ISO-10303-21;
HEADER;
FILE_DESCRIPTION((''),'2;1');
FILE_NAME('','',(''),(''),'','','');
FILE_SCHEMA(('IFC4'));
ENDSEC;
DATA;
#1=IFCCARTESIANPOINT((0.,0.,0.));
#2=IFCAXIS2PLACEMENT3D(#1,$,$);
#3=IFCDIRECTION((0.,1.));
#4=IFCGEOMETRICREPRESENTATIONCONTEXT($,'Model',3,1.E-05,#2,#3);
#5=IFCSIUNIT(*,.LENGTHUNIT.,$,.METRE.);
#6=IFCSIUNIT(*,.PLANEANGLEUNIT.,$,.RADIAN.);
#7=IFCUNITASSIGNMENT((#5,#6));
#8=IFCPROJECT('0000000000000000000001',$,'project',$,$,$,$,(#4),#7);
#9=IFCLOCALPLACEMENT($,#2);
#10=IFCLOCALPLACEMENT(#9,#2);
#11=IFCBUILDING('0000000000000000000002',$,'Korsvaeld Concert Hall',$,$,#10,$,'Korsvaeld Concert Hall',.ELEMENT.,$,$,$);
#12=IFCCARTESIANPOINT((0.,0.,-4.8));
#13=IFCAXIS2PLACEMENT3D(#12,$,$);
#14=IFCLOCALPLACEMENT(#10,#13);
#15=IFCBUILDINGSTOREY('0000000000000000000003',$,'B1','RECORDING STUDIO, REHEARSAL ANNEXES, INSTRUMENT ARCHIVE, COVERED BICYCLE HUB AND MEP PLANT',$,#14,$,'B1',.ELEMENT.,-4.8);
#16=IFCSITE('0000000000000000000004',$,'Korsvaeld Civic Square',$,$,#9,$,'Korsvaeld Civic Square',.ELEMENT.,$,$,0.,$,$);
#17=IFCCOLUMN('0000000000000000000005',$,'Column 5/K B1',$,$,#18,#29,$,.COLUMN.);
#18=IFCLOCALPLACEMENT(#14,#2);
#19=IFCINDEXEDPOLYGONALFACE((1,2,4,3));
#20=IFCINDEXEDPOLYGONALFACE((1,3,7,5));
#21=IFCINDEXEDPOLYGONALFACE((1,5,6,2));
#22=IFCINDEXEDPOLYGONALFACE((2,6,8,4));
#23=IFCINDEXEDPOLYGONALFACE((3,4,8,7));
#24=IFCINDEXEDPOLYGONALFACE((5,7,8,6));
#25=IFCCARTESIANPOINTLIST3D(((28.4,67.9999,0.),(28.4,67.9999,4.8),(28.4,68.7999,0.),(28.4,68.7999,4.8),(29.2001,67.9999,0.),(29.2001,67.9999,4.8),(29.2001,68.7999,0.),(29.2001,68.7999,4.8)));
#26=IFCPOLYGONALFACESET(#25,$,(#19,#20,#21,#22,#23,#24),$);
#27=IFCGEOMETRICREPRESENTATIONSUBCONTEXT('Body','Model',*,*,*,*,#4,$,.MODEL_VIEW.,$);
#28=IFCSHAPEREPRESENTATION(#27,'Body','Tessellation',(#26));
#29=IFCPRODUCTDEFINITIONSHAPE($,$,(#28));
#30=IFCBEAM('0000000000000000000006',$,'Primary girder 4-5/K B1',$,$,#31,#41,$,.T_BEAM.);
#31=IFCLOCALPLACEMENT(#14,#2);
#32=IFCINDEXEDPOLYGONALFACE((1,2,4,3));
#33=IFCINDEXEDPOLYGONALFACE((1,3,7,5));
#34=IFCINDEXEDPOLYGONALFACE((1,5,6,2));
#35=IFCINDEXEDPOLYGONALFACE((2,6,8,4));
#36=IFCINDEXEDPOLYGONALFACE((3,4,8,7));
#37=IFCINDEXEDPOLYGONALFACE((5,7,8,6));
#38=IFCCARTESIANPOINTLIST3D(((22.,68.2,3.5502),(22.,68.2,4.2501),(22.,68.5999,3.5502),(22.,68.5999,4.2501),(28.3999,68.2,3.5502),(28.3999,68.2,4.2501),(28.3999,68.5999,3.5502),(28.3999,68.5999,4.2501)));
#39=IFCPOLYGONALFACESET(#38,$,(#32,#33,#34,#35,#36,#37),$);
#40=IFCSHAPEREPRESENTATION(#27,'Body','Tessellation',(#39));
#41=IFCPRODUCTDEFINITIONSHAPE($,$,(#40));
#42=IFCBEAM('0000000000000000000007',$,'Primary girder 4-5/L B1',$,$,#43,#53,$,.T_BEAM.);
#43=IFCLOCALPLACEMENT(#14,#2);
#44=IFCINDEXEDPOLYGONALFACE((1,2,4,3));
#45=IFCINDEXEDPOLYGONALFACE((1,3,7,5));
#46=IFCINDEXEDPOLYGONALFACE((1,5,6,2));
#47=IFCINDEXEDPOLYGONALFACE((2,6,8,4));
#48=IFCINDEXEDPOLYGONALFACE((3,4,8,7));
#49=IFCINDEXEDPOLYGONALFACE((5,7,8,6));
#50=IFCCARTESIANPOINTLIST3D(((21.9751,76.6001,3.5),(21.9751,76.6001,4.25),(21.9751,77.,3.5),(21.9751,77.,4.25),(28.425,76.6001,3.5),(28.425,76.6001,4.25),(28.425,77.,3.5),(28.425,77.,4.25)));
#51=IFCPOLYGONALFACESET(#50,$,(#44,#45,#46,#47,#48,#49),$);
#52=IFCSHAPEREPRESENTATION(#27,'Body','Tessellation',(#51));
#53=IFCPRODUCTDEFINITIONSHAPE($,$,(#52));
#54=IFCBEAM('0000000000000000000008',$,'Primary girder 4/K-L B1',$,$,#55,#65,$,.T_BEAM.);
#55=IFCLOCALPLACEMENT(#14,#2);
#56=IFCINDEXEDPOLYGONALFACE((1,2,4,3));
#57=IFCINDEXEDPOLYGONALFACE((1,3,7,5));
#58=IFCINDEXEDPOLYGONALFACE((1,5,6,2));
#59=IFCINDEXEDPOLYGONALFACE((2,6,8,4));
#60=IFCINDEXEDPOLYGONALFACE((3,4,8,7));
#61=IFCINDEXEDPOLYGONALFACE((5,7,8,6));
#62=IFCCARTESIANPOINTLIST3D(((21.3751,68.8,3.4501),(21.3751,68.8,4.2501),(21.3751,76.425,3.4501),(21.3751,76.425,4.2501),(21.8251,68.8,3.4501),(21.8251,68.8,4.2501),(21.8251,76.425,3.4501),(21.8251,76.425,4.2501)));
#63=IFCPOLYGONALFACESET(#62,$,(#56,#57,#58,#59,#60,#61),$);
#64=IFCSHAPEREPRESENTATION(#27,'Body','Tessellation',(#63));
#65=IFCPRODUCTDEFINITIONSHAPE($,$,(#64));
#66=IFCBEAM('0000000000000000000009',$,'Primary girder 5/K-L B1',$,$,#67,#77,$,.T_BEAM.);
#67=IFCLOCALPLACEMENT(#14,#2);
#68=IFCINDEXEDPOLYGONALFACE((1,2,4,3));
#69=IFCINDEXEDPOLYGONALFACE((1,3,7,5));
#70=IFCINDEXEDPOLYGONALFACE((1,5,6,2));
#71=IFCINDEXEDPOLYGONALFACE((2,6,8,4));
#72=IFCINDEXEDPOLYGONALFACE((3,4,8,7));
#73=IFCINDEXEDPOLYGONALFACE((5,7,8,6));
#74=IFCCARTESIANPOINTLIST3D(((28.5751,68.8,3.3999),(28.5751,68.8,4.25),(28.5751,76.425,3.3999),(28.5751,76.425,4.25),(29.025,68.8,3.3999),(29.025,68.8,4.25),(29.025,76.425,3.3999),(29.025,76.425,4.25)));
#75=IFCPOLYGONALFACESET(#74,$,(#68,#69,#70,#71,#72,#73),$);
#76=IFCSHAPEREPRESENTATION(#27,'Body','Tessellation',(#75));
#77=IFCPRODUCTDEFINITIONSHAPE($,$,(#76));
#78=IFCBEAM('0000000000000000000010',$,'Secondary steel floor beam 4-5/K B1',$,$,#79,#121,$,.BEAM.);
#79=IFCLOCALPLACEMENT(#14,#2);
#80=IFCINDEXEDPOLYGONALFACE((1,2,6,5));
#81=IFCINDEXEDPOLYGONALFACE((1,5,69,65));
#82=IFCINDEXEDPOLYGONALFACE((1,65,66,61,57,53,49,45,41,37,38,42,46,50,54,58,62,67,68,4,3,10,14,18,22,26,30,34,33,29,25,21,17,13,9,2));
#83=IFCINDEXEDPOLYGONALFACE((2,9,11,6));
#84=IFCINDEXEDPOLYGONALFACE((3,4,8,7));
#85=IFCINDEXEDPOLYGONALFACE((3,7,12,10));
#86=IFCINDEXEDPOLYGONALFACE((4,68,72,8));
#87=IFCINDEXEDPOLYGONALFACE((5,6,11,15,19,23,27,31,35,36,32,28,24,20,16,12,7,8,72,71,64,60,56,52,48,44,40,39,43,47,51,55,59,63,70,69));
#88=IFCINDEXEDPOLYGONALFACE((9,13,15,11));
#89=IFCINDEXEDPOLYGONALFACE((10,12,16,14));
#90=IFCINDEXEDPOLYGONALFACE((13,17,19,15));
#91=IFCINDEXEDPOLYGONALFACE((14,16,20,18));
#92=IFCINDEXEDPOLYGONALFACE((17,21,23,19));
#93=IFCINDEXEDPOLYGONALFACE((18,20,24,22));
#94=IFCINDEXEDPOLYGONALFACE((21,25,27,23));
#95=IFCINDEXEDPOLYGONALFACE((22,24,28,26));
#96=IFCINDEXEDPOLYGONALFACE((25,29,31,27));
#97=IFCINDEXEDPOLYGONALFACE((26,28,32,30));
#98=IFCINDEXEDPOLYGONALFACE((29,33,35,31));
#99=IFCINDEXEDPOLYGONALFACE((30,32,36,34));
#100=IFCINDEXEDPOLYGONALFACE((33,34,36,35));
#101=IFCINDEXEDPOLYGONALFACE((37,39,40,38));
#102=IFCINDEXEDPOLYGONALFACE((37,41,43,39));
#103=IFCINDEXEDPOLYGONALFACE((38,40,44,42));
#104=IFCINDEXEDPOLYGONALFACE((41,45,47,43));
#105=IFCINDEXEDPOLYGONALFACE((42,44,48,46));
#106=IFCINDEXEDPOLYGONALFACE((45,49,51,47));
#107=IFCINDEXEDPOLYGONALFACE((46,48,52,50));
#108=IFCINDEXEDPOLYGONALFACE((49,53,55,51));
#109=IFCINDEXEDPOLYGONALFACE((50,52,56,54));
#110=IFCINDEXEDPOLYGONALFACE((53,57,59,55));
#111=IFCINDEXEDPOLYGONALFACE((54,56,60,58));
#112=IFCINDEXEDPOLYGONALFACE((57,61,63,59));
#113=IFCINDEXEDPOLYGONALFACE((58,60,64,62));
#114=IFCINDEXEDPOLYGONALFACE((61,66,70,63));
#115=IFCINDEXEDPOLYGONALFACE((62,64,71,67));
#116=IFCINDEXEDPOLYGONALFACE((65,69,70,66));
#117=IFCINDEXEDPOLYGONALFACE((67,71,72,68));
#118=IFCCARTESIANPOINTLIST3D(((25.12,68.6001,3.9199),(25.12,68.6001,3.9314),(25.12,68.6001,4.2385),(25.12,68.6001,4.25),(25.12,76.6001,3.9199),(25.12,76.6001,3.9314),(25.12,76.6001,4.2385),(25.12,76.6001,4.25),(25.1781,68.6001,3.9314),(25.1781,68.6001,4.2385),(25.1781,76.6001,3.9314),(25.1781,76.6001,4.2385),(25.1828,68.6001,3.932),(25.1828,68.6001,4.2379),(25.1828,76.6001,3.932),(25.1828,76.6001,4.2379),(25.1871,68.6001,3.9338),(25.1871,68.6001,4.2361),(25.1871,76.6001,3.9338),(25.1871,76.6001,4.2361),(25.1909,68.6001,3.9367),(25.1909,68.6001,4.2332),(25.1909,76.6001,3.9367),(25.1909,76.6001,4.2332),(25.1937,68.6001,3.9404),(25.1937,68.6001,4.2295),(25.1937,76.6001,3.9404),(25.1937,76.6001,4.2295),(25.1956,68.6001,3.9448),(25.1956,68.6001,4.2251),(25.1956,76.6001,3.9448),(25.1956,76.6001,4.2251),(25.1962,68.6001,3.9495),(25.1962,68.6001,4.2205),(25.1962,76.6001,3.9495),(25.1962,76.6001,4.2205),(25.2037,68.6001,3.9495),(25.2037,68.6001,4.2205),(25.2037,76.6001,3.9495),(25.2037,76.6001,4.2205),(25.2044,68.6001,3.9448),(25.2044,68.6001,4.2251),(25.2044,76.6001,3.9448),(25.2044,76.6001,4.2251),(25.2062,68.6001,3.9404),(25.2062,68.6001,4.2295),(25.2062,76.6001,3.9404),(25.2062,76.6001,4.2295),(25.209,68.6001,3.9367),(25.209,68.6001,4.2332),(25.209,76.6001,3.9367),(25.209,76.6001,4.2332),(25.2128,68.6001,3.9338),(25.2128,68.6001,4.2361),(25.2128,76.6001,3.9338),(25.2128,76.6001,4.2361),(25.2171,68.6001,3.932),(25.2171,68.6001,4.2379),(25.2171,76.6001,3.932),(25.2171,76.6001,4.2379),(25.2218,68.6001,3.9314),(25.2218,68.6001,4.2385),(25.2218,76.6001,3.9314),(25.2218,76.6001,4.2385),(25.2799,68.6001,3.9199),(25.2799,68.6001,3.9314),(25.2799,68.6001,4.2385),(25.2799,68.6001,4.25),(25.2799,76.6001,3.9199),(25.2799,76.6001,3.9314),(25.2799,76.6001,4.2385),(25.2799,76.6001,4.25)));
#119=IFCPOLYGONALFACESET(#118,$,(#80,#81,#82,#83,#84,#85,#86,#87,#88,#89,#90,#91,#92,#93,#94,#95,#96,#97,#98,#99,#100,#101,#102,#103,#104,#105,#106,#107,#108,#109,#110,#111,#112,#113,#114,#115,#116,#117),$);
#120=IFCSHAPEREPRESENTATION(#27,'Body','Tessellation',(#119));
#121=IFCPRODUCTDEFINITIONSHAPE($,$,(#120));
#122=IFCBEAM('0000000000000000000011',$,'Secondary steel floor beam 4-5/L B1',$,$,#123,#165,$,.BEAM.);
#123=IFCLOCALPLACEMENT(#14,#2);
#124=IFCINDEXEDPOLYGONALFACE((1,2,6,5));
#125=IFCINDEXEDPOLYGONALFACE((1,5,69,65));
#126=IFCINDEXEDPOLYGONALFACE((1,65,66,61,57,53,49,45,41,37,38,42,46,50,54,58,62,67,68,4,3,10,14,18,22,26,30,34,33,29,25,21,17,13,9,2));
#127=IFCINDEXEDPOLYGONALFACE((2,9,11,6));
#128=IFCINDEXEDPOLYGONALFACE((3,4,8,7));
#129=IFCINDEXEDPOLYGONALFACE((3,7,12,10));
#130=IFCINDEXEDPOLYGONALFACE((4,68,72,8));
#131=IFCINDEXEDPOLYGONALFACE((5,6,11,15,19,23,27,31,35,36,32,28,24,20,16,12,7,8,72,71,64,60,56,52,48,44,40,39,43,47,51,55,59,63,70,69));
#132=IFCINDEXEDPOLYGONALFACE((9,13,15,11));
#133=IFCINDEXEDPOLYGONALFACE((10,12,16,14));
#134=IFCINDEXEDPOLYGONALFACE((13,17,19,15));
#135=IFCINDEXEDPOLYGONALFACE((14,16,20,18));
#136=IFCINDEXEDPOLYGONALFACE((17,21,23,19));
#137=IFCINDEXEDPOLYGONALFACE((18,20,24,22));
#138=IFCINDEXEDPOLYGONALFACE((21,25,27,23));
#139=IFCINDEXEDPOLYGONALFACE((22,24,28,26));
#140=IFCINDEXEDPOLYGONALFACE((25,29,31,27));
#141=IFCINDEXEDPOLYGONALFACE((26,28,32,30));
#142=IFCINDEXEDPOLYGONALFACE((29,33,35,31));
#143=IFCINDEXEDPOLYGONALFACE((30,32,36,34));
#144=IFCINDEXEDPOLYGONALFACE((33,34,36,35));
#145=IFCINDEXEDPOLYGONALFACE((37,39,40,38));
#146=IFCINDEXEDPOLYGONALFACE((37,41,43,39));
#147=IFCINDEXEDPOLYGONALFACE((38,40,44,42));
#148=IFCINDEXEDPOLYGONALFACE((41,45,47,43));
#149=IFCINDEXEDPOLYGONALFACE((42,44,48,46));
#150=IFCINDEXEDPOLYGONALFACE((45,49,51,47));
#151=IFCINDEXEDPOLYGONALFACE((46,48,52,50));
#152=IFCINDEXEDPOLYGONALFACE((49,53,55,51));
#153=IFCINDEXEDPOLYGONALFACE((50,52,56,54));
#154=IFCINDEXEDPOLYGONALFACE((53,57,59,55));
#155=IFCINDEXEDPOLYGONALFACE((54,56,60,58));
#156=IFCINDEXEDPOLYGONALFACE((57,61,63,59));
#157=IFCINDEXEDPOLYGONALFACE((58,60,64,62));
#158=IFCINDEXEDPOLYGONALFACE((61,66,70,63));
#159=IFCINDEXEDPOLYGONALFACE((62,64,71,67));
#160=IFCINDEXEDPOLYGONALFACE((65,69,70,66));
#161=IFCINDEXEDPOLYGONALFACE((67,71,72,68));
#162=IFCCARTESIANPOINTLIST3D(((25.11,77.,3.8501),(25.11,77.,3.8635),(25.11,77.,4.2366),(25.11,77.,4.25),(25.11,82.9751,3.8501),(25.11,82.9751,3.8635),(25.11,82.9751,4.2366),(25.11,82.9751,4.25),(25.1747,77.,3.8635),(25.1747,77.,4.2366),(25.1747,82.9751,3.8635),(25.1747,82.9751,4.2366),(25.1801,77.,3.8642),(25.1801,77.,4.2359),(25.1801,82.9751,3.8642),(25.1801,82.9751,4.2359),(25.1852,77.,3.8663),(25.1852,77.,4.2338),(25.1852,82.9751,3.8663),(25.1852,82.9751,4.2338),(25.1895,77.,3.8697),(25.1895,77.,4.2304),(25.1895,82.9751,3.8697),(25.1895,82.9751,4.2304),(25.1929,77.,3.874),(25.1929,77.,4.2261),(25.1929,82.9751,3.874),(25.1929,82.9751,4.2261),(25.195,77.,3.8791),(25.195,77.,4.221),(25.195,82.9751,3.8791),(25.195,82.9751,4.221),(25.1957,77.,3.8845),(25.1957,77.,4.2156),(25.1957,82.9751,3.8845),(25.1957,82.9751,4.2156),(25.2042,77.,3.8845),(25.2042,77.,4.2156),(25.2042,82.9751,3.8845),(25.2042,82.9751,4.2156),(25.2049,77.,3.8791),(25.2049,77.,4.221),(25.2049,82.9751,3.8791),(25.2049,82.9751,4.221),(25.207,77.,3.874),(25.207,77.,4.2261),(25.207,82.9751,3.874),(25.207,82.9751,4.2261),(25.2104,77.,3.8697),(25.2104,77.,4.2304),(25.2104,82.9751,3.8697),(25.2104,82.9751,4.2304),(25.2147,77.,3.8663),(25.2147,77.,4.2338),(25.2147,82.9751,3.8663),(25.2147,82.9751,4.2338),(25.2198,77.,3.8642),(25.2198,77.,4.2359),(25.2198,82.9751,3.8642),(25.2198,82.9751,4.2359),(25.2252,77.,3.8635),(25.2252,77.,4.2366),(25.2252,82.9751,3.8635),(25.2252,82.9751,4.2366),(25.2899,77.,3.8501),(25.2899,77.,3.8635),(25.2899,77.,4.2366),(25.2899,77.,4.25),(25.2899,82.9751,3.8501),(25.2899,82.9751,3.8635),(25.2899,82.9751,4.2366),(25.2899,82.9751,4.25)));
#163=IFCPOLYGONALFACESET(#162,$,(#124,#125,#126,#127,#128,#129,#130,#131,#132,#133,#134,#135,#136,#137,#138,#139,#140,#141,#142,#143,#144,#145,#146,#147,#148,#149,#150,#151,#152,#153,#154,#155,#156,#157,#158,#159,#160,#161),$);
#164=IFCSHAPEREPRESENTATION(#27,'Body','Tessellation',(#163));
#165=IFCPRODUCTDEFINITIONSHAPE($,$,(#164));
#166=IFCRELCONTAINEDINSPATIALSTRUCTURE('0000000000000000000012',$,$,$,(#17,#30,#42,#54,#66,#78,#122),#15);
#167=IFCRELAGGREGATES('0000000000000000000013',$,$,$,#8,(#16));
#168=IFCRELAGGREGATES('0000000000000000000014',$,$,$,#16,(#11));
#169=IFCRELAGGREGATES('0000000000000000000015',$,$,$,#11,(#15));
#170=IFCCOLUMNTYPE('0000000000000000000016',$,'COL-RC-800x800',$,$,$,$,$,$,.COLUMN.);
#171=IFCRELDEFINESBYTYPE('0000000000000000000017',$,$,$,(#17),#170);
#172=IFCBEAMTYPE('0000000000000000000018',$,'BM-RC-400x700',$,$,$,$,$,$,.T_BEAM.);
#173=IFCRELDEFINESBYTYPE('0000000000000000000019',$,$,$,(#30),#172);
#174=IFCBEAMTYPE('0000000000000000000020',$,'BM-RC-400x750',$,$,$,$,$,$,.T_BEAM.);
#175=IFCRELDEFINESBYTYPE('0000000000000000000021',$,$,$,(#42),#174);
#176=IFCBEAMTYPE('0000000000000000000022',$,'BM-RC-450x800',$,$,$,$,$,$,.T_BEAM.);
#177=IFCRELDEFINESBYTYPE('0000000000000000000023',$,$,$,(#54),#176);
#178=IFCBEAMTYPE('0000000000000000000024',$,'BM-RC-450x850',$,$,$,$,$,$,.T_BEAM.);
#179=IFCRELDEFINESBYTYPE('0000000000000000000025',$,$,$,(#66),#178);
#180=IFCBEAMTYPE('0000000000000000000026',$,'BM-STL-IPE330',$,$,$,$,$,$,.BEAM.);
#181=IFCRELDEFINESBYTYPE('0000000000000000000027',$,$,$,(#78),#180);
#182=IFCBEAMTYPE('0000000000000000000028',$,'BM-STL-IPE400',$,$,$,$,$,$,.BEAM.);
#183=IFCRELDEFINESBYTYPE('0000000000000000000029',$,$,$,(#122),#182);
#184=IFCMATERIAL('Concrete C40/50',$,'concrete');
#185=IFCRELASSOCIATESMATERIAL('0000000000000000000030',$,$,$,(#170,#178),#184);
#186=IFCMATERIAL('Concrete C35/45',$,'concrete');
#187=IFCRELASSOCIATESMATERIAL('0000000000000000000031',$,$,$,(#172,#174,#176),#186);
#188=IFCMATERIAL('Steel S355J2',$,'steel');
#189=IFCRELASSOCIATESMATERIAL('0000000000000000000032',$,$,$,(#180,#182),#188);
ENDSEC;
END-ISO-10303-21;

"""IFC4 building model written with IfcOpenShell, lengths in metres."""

from ifc_helpers import new_model, si_unit, direction, frame, origin, origin_2d, place, context, subcontext, project, spatial, rectangle, i_section, extrude, material, material_profile, profile_set, type_object, element, save


model = new_model("IFC4")

# Units and contexts
model_context = context("Model", 3, precision=1e-05, world=origin(), true_north=direction((0.0, 1.0)))
body_context = subcontext(model_context, "Body", "Model", "MODEL_VIEW")
ifc_project = project(units=[si_unit("LENGTHUNIT", "METRE"), si_unit("PLANEANGLEUNIT", "RADIAN")], contexts=[model_context])

# Site, building, storey
site_placement = place(None, origin())
site = spatial("IfcSite", under=ifc_project, at=site_placement, Name="Korsvaeld Civic Square", LongName="Korsvaeld Civic Square", CompositionType="ELEMENT", RefElevation=0.0)
building_placement = place(site_placement, origin())
building = spatial("IfcBuilding", under=site, at=building_placement, Name="Korsvaeld Concert Hall", LongName="Korsvaeld Concert Hall", CompositionType="ELEMENT")
storey_placement = place(building_placement, frame((0.0, 0.0, -4.8)))
storey = spatial("IfcBuildingStorey", under=building, at=storey_placement, Name="B1", Description="RECORDING STUDIO, REHEARSAL ANNEXES, INSTRUMENT ARCHIVE, COVERED BICYCLE HUB AND MEP PLANT", LongName="B1", CompositionType="ELEMENT", Elevation=-4.8)

# Shared definitions
ifc_material_1 = material(Name="Concrete C35/45", Category="concrete")

# Column
ifc_material_2 = material(Name="Concrete C40/50", Category="concrete")
ifc_material_profile_1 = material_profile(ifc_material_2, rectangle(XDim=0.8, YDim=0.8, at=origin_2d()), Name="RC 800x800")
ifc_profile_set_1 = profile_set([ifc_material_profile_1], Name="Concrete C40/50")
column_type_1 = type_object("IfcColumnType", Name="COL-RC-800x800", PredefinedType="COLUMN", material=ifc_profile_set_1)
column_placement = place(storey_placement, frame((28.8, 68.3999, 0.0), z_axis=(0.0, 0.0, 1.0), x_axis=(1.0, 0.0, 0.0)))
element("IfcColumn", 1, at=column_placement, inside=storey, type_object=column_type_1, Name="Column 5/K B1", PredefinedType="COLUMN", context=body_context, shape_type="SweptSolid", body=[
    extrude(rectangle(XDim=0.8, YDim=0.8, at=origin_2d()), origin(), (0.0, 0.0, 1.0), 4.8),
])

# Beams
ifc_material_profile_2 = material_profile(ifc_material_1, rectangle(XDim=0.3999, YDim=0.7, at=origin_2d()), Name="RC 400x700")
ifc_profile_set_2 = profile_set([ifc_material_profile_2], Name="Concrete C35/45")
beam_type_1 = type_object("IfcBeamType", Name="BM-RC-400x700", PredefinedType="T_BEAM", material=ifc_profile_set_2)
beam_1_placement = place(storey_placement, frame((22.0, 68.3999, 3.9001), z_axis=(1.0, 0.0, 0.0), x_axis=(0.0, 1.0, 0.0)))
element("IfcBeam", 2, at=beam_1_placement, inside=storey, type_object=beam_type_1, Name="Primary girder 4-5/K B1", PredefinedType="T_BEAM", context=body_context, shape_type="SweptSolid", body=[
    extrude(rectangle(XDim=0.3999, YDim=0.7, at=origin_2d()), origin(), (0.0, 0.0, 1.0), 6.3999),
])
ifc_material_profile_3 = material_profile(ifc_material_1, rectangle(XDim=0.3999, YDim=0.75, at=origin_2d()), Name="RC 400x750")
ifc_profile_set_3 = profile_set([ifc_material_profile_3], Name="Concrete C35/45")
beam_type_2 = type_object("IfcBeamType", Name="BM-RC-400x750", PredefinedType="T_BEAM", material=ifc_profile_set_3)
beam_2_placement = place(storey_placement, frame((21.9751, 76.8, 3.875), z_axis=(1.0, 0.0, 0.0), x_axis=(0.0, 1.0, 0.0)))
element("IfcBeam", 3, at=beam_2_placement, inside=storey, type_object=beam_type_2, Name="Primary girder 4-5/L B1", PredefinedType="T_BEAM", context=body_context, shape_type="SweptSolid", body=[
    extrude(rectangle(XDim=0.3999, YDim=0.75, at=origin_2d()), origin(), (0.0, 0.0, 1.0), 6.45),
])
ifc_material_profile_4 = material_profile(ifc_material_1, rectangle(XDim=0.45, YDim=0.8, at=origin_2d()), Name="RC 450x800")
ifc_profile_set_4 = profile_set([ifc_material_profile_4], Name="Concrete C35/45")
beam_type_3 = type_object("IfcBeamType", Name="BM-RC-450x800", PredefinedType="T_BEAM", material=ifc_profile_set_4)
beam_3_placement = place(storey_placement, frame((21.6001, 68.8, 3.8501), z_axis=(0.0, 1.0, 0.0), x_axis=(-1.0, 0.0, 0.0)))
element("IfcBeam", 4, at=beam_3_placement, inside=storey, type_object=beam_type_3, Name="Primary girder 4/K-L B1", PredefinedType="T_BEAM", context=body_context, shape_type="SweptSolid", body=[
    extrude(rectangle(XDim=0.45, YDim=0.8, at=origin_2d()), origin(), (0.0, 0.0, 1.0), 7.625),
])
ifc_material_profile_5 = material_profile(ifc_material_2, rectangle(XDim=0.45, YDim=0.8501, at=origin_2d()), Name="RC 450x850")
ifc_profile_set_5 = profile_set([ifc_material_profile_5], Name="Concrete C40/50")
beam_type_4 = type_object("IfcBeamType", Name="BM-RC-450x850", PredefinedType="T_BEAM", material=ifc_profile_set_5)
beam_4_placement = place(storey_placement, frame((28.8, 68.8, 3.825), z_axis=(0.0, 1.0, 0.0), x_axis=(-1.0, 0.0, 0.0)))
element("IfcBeam", 5, at=beam_4_placement, inside=storey, type_object=beam_type_4, Name="Primary girder 5/K-L B1", PredefinedType="T_BEAM", context=body_context, shape_type="SweptSolid", body=[
    extrude(rectangle(XDim=0.45, YDim=0.8501, at=origin_2d()), origin(), (0.0, 0.0, 1.0), 7.625),
])
ifc_material_3 = material(Name="Steel S355J2", Category="steel")
ifc_material_profile_6 = material_profile(ifc_material_3, i_section(OverallWidth=0.1599, OverallDepth=0.3301, WebThickness=0.0076, FlangeThickness=0.0115, FilletRadius=0.0181, at=origin_2d()), Name="IPE 330")
ifc_profile_set_6 = profile_set([ifc_material_profile_6], Name="Steel S355J2")
beam_type_5 = type_object("IfcBeamType", Name="BM-STL-IPE330", PredefinedType="BEAM", material=ifc_profile_set_6)
beam_5_placement = place(storey_placement, frame((25.2, 68.6001, 4.085), z_axis=(0.0, 1.0, 0.0), x_axis=(-1.0, 0.0, 0.0)))
element("IfcBeam", 6, at=beam_5_placement, inside=storey, type_object=beam_type_5, Name="Secondary steel floor beam 4-5/K B1", PredefinedType="BEAM", context=body_context, shape_type="SweptSolid", body=[
    extrude(i_section(OverallWidth=0.1599, OverallDepth=0.3301, WebThickness=0.0076, FlangeThickness=0.0115, FilletRadius=0.0181, at=origin_2d()), origin(), (0.0, 0.0, 1.0), 8.0),
])
ifc_material_profile_7 = material_profile(ifc_material_3, i_section(OverallWidth=0.1799, OverallDepth=0.3999, WebThickness=0.0085, FlangeThickness=0.0134, FilletRadius=0.021, at=origin_2d()), Name="IPE 400")
ifc_profile_set_7 = profile_set([ifc_material_profile_7], Name="Steel S355J2")
beam_type_6 = type_object("IfcBeamType", Name="BM-STL-IPE400", PredefinedType="BEAM", material=ifc_profile_set_7)
beam_6_placement = place(storey_placement, frame((25.2, 77.0, 4.05), z_axis=(0.0, 1.0, 0.0), x_axis=(-1.0, 0.0, 0.0)))
element("IfcBeam", 7, at=beam_6_placement, inside=storey, type_object=beam_type_6, Name="Secondary steel floor beam 4-5/L B1", PredefinedType="BEAM", context=body_context, shape_type="SweptSolid", body=[
    extrude(i_section(OverallWidth=0.1799, OverallDepth=0.3999, WebThickness=0.0085, FlangeThickness=0.0134, FilletRadius=0.021, at=origin_2d()), origin(), (0.0, 0.0, 1.0), 5.9751),
])

save(model, "model.ifc")
